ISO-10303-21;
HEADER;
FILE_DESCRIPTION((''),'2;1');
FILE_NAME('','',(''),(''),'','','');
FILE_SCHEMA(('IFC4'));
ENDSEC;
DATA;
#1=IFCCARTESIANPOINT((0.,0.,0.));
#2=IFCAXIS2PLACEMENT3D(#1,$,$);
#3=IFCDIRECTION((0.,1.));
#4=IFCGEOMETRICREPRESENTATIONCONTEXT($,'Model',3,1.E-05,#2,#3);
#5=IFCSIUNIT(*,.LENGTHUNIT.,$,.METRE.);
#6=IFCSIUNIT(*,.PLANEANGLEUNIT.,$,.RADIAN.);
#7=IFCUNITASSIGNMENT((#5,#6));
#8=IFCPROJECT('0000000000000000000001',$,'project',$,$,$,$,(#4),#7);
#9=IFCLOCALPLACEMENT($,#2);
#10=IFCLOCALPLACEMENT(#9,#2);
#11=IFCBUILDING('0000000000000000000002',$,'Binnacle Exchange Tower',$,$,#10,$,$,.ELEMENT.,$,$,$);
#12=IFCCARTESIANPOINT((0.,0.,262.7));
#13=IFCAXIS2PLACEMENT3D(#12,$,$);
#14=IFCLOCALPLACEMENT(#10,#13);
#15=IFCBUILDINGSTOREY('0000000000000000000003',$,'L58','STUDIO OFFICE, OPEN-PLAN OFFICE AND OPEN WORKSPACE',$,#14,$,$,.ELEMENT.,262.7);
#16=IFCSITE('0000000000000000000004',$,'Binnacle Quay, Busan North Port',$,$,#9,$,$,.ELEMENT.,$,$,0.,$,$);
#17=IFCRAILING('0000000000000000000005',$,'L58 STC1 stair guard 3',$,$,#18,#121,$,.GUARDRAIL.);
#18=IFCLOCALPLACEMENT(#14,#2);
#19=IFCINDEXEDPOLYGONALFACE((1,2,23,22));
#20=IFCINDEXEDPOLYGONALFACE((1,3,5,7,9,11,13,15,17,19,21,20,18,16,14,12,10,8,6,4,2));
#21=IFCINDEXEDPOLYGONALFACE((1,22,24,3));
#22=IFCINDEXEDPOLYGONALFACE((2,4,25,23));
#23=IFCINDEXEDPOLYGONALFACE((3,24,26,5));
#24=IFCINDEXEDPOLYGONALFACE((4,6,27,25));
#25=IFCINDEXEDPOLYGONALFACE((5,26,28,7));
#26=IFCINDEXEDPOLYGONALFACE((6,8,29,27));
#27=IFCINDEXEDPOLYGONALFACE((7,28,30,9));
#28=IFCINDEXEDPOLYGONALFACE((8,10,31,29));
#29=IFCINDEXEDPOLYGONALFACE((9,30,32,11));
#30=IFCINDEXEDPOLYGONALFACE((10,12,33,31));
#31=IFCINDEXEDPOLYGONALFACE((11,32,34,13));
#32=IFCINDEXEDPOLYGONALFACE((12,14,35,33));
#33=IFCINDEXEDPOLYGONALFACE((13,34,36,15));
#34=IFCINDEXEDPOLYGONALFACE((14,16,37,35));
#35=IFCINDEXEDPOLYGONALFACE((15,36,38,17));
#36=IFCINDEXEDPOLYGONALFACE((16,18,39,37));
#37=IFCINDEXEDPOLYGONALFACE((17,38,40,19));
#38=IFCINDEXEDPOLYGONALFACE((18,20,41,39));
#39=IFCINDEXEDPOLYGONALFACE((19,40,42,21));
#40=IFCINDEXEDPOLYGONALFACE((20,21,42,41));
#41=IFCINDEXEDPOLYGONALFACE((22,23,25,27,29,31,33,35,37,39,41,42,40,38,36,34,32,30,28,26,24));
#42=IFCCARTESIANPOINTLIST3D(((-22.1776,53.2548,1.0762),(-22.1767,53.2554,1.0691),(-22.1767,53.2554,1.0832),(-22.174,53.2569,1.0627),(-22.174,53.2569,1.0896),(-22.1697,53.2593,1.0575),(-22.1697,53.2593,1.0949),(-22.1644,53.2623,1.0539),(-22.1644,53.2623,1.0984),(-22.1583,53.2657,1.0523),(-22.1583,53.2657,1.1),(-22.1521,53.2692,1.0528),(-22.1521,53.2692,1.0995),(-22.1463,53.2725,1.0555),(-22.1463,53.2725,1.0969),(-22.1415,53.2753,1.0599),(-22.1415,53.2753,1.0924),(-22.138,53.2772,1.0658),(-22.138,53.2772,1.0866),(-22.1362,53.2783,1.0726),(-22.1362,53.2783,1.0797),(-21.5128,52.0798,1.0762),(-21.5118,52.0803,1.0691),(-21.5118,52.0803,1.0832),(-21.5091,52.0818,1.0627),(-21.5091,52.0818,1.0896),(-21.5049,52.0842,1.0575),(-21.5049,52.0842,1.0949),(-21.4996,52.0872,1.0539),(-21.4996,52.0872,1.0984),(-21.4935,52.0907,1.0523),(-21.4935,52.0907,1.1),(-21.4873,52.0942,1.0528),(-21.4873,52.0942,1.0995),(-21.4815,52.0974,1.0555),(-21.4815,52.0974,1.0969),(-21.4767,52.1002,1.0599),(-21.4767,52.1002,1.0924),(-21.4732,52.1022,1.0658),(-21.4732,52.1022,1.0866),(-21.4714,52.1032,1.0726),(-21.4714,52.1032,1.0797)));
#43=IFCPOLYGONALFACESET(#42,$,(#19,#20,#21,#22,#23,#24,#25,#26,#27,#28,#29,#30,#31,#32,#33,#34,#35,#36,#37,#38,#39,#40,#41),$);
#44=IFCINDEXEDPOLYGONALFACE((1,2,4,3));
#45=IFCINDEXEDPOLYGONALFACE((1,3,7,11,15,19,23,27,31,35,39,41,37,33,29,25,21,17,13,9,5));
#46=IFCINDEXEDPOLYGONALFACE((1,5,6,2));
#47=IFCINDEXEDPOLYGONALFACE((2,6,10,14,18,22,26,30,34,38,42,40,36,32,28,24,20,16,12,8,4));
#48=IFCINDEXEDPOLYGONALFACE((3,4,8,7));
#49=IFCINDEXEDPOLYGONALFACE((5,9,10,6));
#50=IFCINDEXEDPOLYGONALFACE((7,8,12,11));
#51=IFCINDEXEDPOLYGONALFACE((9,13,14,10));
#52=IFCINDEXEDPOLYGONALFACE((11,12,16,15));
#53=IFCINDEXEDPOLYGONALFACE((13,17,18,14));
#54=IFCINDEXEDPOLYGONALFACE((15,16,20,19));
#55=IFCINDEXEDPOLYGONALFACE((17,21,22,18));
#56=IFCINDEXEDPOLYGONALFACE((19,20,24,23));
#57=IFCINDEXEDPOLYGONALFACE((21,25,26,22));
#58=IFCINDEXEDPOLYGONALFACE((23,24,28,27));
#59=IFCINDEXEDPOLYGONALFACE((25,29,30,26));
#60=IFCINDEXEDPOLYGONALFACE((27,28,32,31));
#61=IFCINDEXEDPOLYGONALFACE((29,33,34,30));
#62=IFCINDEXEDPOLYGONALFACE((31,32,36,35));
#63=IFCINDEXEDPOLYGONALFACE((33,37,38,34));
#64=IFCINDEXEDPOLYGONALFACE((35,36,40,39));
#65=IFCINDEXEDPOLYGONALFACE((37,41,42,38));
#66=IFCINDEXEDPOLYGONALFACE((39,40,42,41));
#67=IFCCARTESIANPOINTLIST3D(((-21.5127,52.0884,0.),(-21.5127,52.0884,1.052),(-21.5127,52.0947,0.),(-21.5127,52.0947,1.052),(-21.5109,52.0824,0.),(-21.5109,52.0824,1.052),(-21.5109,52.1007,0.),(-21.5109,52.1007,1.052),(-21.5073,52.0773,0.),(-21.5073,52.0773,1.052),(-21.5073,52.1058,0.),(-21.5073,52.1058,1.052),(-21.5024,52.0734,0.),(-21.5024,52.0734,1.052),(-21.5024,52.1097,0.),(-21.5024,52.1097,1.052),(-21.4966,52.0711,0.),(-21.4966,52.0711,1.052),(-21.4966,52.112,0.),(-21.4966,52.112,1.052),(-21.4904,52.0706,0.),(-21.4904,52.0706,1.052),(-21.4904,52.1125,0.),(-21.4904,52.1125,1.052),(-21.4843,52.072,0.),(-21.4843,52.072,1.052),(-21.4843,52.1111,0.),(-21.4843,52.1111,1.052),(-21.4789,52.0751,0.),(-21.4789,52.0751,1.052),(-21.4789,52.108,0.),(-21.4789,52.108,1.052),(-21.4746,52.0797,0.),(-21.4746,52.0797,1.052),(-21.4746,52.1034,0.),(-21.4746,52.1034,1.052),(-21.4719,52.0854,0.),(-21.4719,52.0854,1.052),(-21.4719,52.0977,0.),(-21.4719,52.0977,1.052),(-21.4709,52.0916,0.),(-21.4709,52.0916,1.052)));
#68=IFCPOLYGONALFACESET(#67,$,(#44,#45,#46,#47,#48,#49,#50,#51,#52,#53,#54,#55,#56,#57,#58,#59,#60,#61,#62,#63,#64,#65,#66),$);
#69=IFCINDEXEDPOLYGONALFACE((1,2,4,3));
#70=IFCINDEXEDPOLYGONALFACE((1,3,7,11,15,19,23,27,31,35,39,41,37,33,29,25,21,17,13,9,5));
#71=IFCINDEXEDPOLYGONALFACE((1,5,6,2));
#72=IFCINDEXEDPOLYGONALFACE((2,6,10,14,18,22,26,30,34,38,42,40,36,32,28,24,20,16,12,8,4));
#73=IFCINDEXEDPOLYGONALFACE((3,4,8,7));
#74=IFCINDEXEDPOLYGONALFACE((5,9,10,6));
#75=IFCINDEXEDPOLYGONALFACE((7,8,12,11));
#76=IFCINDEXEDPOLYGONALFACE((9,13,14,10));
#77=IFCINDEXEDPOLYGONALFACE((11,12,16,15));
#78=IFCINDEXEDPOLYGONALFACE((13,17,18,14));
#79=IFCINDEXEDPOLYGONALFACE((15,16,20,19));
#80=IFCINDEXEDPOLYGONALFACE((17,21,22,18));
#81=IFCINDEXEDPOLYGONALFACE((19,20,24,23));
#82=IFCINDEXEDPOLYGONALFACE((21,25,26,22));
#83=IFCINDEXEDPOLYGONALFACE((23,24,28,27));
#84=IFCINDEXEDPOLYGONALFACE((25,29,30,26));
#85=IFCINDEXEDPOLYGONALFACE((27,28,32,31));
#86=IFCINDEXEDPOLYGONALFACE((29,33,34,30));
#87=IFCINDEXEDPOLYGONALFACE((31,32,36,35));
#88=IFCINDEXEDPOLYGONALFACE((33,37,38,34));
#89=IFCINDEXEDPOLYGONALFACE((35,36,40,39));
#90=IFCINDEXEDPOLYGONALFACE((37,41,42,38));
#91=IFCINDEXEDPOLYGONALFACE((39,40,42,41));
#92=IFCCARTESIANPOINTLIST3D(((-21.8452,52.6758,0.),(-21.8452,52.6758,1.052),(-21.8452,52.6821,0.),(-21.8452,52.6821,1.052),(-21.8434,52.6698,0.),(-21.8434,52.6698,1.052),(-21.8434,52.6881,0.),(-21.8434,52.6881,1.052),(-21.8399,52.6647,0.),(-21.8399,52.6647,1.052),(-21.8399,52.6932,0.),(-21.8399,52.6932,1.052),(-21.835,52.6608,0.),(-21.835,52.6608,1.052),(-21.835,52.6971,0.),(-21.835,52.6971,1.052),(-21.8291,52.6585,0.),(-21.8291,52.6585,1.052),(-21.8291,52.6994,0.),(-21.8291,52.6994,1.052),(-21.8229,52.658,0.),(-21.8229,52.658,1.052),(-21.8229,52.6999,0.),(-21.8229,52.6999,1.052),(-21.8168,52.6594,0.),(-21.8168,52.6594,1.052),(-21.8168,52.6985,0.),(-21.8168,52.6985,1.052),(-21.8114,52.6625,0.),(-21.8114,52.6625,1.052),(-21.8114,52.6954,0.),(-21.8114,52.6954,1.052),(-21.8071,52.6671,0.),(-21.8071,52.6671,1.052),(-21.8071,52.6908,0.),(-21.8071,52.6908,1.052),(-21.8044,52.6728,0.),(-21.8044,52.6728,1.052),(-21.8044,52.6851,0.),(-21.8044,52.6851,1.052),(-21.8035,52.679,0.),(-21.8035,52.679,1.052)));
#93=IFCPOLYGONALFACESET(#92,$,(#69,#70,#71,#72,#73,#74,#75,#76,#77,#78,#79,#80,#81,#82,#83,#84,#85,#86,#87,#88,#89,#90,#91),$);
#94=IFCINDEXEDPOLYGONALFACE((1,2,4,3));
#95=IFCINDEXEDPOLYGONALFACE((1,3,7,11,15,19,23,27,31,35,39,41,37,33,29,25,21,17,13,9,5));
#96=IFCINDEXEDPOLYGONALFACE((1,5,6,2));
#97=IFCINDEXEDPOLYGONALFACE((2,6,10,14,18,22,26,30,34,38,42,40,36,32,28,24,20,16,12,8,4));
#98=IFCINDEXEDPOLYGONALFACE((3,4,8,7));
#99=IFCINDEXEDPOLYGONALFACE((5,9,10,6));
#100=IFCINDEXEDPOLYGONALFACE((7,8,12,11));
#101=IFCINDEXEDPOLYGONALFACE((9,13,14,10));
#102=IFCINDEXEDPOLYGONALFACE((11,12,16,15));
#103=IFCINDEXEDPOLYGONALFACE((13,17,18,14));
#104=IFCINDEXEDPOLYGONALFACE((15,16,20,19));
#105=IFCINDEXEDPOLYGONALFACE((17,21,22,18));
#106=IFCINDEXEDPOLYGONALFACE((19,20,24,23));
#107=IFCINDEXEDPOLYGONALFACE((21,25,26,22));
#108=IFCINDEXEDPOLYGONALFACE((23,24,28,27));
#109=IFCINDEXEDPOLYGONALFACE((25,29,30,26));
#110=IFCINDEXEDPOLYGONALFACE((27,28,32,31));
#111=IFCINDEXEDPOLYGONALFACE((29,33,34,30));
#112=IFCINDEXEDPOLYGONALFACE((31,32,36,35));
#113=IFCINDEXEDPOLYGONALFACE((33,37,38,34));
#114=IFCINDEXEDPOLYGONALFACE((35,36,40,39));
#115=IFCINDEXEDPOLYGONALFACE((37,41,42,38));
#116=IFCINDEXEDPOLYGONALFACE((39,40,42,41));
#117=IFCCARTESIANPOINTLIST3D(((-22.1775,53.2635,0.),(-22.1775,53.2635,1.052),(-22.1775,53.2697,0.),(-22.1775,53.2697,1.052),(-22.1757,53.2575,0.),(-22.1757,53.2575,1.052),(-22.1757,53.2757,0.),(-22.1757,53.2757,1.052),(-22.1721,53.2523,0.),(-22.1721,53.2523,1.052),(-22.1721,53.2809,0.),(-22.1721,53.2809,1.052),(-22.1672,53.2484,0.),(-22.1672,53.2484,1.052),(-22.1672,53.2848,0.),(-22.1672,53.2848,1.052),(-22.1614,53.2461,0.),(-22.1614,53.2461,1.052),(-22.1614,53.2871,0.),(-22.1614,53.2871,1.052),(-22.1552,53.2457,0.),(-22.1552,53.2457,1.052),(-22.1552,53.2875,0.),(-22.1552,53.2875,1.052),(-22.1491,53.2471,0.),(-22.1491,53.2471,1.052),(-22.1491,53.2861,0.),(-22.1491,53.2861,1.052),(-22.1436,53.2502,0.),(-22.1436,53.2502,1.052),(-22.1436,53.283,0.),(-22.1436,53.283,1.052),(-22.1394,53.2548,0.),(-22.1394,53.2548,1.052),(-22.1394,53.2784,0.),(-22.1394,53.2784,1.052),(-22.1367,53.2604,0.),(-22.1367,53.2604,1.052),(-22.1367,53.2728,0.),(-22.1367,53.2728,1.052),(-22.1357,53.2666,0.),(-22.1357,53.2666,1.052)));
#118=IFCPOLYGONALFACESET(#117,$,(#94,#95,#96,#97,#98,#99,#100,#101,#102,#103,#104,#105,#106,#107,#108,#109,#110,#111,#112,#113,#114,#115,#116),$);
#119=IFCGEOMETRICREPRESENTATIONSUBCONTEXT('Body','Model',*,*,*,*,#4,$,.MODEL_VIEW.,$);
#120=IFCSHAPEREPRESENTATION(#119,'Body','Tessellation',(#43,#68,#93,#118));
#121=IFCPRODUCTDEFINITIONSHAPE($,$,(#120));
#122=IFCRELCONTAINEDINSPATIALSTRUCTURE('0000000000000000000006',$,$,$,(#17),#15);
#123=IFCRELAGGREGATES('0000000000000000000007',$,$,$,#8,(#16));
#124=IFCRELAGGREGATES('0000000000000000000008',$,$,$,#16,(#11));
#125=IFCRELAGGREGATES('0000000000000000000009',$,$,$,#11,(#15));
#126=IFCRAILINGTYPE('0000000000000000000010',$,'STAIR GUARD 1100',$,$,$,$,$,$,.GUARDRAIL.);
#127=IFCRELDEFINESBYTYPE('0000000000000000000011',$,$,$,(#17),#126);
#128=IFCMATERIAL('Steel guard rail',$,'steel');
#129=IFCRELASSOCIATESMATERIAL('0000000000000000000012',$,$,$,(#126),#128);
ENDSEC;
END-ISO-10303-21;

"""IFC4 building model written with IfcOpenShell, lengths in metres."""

from ifc_helpers import new_model, si_unit, direction, frame, origin, origin_2d, place, context, subcontext, project, spatial, circle, extrude, material, type_object, element, save


model = new_model("IFC4")

# Units and contexts
model_context = context("Model", 3, precision=1e-05, world=origin(), true_north=direction((0.0, 1.0)))
body_context = subcontext(model_context, "Body", "Model", "MODEL_VIEW")
ifc_project = project(units=[si_unit("LENGTHUNIT", "METRE"), si_unit("PLANEANGLEUNIT", "RADIAN")], contexts=[model_context])

# Site, building, storey
site_placement = place(None, origin())
site = spatial("IfcSite", under=ifc_project, at=site_placement, Name="Binnacle Quay, Busan North Port", CompositionType="ELEMENT", RefElevation=0.0)
building_placement = place(site_placement, origin())
building = spatial("IfcBuilding", under=site, at=building_placement, Name="Binnacle Exchange Tower", CompositionType="ELEMENT")
storey_placement = place(building_placement, frame((0.0, 0.0, 262.7)))
storey = spatial("IfcBuildingStorey", under=building, at=storey_placement, Name="L58", Description="STUDIO OFFICE, OPEN-PLAN OFFICE AND OPEN WORKSPACE", CompositionType="ELEMENT", Elevation=262.7)

# Railing
ifc_material_1 = material(Name="Steel guard rail", Category="steel")
railing_type_1 = type_object("IfcRailingType", Name="STAIR GUARD 1100", PredefinedType="GUARDRAIL", material=ifc_material_1)
railing_1_placement = place(storey_placement, frame((-21.4919, 52.0916, 0.0)))
element("IfcRailing", 1, at=railing_1_placement, inside=storey, type_object=railing_type_1, Name="L58 STC1 stair guard 3", PredefinedType="GUARDRAIL", context=body_context, shape_type="SweptSolid", body=[
    extrude(circle(Radius=0.0239, at=origin_2d()), frame((0.0, 0.0, 1.0762), z_axis=(-0.492415, 0.870361, 0.0), x_axis=(-0.870361, -0.492415, 0.0)), (0.0, 0.0, 1.0), 1.3501),
    extrude(circle(Radius=0.021, at=origin_2d()), origin(), (0.0, 0.0, 1.0), 1.052),
    extrude(circle(Radius=0.021, at=origin_2d()), frame((-0.3325, 0.5874, 0.0)), (0.0, 0.0, 1.0), 1.052),
    extrude(circle(Radius=0.021, at=origin_2d()), frame((-0.6648, 1.175, 0.0)), (0.0, 0.0, 1.0), 1.052),
])

save(model, "model.ifc")
